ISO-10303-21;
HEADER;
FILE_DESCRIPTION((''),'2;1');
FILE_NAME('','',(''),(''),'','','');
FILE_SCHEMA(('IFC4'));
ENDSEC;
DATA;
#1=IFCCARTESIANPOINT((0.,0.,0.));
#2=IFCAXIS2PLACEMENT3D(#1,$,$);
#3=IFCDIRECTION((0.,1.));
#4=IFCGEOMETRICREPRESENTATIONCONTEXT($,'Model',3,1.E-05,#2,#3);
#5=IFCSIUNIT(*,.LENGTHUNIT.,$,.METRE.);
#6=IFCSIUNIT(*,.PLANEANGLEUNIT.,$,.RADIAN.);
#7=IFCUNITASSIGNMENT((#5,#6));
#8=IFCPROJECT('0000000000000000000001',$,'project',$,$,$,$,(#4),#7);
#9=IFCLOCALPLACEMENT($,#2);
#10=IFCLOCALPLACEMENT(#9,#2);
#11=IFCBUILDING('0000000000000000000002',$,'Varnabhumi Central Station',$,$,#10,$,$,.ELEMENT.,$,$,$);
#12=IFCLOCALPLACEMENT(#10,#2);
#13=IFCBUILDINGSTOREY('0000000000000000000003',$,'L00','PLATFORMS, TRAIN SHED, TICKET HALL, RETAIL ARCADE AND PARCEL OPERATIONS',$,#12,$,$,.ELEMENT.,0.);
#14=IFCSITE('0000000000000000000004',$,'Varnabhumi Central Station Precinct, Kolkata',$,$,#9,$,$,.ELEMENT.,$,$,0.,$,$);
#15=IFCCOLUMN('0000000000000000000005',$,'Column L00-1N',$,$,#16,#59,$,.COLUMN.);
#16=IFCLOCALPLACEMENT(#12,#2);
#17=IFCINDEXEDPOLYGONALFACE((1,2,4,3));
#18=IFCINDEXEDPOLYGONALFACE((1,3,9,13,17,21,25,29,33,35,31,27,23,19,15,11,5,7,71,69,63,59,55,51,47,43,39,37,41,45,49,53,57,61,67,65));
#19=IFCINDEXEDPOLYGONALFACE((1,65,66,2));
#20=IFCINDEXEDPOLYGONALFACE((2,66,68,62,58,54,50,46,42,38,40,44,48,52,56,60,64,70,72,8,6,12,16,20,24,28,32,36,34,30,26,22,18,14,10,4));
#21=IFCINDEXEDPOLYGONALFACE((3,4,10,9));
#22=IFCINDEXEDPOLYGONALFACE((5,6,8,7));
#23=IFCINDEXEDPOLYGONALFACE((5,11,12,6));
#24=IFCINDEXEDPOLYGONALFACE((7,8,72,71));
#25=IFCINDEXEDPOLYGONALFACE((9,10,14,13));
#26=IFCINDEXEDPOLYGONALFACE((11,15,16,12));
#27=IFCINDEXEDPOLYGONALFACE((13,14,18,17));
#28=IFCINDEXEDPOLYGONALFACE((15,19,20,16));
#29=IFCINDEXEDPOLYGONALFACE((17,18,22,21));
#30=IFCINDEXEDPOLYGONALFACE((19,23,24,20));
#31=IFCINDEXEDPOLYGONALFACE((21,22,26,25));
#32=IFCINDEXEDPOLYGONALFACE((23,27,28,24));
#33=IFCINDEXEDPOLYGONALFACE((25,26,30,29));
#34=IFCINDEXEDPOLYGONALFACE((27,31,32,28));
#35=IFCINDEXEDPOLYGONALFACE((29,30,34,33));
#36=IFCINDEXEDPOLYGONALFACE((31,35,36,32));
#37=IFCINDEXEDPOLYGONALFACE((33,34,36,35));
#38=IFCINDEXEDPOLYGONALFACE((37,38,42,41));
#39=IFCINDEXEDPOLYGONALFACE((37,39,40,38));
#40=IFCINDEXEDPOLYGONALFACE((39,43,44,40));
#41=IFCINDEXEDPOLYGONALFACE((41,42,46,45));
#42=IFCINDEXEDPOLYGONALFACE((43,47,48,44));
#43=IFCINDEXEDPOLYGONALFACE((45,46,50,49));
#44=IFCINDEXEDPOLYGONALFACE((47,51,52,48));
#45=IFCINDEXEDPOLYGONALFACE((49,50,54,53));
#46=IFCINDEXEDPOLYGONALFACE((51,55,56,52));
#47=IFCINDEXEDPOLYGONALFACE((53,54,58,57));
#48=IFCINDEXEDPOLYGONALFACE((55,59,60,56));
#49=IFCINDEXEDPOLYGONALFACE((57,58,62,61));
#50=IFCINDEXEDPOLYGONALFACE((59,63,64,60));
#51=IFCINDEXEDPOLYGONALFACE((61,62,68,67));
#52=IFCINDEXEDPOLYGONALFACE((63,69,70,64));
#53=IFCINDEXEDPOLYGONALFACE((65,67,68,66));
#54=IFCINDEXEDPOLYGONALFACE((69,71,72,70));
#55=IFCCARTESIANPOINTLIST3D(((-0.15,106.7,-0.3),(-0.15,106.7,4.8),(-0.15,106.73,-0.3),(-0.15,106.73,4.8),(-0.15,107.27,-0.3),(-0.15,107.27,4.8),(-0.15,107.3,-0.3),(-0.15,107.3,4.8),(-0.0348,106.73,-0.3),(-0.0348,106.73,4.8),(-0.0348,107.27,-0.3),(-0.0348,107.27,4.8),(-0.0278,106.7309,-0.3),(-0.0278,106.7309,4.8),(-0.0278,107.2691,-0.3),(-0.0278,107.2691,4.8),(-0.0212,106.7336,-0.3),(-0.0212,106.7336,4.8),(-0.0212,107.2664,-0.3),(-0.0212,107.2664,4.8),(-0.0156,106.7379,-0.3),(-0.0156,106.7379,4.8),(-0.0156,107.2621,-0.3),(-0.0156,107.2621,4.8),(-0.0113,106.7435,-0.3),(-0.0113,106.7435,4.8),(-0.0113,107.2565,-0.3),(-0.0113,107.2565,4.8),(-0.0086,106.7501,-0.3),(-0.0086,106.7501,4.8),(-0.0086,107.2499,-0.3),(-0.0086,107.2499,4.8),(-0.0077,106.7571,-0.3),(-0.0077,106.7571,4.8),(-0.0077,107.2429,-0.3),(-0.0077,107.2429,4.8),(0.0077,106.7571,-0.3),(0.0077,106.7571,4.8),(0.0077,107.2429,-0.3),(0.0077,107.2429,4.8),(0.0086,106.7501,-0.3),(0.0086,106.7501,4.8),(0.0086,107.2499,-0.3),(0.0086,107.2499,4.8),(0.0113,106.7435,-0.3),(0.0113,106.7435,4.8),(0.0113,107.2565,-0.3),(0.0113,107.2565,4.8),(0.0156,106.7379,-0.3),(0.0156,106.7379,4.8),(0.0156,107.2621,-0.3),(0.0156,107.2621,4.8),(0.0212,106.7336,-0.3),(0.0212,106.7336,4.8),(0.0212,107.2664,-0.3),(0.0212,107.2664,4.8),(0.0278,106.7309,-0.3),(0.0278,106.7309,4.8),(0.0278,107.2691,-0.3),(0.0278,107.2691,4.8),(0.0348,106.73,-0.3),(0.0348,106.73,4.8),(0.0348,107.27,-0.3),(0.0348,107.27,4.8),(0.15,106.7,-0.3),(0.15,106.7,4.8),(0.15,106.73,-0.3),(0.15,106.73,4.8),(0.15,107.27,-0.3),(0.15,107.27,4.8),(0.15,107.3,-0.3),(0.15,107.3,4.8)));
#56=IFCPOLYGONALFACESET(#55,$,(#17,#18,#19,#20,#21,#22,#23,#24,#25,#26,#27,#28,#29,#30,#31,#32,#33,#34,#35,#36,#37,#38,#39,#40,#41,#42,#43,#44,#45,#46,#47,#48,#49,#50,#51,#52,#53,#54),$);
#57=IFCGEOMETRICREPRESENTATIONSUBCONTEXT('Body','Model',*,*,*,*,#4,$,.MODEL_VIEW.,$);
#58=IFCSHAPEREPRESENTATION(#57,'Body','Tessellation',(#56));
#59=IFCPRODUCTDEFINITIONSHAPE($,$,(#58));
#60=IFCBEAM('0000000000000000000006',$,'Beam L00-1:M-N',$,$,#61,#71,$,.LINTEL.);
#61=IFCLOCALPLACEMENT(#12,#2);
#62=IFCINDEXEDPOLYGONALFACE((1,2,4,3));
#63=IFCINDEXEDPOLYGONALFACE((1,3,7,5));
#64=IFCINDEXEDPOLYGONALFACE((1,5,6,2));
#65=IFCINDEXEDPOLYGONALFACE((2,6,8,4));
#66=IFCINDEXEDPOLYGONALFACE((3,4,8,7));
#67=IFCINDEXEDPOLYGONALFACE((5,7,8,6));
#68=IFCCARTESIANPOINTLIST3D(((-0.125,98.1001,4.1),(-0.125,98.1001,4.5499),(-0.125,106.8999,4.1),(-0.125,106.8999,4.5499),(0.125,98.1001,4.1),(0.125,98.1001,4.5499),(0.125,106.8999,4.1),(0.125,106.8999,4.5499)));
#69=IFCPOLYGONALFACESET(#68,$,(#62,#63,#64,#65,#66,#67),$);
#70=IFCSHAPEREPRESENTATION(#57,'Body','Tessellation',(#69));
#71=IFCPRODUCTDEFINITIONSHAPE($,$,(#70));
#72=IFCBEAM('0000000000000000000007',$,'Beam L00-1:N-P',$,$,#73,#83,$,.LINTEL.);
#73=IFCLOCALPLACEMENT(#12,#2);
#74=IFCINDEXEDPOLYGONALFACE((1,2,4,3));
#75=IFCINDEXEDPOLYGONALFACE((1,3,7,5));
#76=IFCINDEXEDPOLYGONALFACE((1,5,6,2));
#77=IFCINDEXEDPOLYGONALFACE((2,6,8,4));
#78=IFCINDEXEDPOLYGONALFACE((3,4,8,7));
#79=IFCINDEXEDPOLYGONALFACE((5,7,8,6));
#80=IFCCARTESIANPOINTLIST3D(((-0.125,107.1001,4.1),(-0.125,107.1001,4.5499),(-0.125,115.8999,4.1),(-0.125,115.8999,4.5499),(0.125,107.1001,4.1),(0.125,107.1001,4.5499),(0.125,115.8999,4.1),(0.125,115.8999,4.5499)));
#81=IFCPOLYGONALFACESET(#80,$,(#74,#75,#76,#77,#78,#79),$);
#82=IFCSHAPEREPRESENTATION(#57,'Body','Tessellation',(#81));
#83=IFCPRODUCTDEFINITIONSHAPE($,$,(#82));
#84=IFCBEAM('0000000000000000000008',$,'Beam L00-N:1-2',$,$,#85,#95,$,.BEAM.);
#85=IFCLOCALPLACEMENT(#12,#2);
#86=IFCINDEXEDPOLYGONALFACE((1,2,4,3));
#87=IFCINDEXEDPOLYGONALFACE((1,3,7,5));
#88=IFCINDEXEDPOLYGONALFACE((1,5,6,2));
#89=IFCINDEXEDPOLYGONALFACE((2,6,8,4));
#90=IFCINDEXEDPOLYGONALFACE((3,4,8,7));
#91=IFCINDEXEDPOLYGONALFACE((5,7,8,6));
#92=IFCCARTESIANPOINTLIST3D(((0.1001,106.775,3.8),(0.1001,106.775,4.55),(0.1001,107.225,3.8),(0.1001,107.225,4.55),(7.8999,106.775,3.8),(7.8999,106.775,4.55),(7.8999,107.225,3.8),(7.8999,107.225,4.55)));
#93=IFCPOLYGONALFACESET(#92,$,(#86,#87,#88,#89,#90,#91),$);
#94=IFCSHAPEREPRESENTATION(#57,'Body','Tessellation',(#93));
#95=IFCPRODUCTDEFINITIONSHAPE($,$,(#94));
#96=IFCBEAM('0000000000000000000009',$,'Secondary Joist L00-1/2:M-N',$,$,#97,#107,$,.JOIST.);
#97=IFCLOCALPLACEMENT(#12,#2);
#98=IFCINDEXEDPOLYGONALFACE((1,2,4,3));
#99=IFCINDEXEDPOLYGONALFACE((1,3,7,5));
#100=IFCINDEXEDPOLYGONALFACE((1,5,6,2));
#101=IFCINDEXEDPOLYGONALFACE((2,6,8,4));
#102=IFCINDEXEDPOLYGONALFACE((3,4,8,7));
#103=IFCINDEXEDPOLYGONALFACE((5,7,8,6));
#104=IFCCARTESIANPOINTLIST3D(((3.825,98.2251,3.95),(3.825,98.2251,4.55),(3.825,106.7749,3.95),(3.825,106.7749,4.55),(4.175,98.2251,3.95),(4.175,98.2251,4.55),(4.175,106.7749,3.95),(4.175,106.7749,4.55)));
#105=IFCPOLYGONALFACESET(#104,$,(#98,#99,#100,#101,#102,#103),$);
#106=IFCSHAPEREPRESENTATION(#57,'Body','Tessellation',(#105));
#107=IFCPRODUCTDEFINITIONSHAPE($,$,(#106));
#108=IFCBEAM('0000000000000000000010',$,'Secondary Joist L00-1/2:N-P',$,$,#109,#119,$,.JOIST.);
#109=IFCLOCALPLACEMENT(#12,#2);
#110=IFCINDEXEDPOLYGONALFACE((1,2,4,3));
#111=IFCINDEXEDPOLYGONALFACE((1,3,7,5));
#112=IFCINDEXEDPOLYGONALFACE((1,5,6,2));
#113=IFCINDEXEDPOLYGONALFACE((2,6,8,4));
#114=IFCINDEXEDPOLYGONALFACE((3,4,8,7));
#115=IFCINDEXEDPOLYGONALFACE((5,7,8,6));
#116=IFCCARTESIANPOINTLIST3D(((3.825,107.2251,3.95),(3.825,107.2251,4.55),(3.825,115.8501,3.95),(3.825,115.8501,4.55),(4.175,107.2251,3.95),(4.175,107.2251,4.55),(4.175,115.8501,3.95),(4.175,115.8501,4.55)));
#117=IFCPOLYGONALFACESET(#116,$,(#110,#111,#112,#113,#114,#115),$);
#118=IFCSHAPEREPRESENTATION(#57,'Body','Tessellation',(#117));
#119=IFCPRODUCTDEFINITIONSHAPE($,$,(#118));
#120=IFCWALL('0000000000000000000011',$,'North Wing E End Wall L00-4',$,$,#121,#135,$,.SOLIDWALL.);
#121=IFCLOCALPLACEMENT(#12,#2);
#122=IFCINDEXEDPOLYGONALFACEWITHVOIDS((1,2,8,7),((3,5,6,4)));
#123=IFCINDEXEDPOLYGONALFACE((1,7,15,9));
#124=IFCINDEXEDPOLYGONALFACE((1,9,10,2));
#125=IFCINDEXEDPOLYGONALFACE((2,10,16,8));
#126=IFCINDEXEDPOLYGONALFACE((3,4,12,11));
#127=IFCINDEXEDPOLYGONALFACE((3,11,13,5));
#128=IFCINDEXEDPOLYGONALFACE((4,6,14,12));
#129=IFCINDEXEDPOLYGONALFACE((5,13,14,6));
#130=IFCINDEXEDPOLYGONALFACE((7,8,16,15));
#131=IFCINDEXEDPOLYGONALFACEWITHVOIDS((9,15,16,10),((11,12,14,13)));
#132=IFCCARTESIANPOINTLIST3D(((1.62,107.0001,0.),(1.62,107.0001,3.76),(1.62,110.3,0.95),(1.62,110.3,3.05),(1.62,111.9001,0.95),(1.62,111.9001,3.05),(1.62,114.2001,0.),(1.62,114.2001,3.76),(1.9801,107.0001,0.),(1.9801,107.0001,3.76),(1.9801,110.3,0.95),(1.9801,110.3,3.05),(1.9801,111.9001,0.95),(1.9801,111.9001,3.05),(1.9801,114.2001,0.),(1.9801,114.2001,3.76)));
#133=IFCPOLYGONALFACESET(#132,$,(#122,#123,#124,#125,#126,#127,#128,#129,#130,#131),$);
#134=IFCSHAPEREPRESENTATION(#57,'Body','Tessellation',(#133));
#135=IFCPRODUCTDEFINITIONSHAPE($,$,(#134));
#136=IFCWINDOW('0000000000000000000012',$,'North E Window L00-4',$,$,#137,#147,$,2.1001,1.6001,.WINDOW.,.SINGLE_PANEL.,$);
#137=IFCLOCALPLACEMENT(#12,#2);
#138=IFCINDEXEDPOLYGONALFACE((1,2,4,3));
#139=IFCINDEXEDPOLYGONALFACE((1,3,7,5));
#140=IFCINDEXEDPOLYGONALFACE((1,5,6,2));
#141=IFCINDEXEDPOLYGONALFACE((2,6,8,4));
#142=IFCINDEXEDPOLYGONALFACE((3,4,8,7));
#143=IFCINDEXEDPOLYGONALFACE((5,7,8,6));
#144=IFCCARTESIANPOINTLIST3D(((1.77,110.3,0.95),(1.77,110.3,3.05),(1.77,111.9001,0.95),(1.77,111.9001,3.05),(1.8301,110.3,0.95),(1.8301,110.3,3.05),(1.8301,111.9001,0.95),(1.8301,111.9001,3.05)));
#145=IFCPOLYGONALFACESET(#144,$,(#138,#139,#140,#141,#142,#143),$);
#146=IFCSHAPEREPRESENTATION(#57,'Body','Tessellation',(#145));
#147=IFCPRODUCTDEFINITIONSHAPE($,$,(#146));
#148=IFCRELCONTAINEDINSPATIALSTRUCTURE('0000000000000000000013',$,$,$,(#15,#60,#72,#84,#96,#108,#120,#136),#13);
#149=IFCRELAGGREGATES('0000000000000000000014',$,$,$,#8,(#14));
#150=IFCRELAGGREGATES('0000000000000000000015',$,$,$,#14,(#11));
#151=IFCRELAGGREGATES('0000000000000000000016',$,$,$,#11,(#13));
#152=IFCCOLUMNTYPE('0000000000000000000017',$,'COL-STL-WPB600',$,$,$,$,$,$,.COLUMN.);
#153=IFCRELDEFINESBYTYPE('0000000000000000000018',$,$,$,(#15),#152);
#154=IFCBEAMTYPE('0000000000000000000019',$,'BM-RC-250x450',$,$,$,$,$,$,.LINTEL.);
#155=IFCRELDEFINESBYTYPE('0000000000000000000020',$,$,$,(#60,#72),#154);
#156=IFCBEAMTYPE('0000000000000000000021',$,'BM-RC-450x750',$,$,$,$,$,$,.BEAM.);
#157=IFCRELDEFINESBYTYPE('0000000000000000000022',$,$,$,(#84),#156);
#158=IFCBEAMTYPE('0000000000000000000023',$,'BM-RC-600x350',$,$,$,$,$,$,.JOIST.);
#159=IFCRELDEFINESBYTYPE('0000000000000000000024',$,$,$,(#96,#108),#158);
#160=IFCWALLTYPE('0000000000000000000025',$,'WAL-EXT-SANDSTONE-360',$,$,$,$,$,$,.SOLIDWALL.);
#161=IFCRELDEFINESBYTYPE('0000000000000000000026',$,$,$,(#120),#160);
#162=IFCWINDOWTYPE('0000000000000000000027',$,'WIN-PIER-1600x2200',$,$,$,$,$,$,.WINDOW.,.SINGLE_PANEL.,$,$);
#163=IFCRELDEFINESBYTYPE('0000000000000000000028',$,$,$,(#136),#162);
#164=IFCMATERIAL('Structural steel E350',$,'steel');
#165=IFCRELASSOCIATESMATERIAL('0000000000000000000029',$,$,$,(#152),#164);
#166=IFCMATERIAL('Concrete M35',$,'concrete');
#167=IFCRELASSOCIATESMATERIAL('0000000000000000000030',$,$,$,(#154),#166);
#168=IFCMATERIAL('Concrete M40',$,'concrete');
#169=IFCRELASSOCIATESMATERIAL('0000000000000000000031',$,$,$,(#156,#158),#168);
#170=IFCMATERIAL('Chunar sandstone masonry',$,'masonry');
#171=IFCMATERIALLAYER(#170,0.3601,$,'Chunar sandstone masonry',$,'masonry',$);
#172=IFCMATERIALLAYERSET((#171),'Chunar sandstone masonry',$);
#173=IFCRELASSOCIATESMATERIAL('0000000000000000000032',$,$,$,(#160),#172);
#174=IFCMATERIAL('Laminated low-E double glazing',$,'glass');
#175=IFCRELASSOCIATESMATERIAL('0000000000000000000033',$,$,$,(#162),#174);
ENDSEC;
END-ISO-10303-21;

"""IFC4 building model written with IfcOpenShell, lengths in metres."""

from ifc_helpers import new_model, si_unit, direction, frame, frame_2d, origin, origin_2d, place, context, subcontext, project, spatial, rectangle, i_section, extrude, material, layer, layer_set, material_profile, profile_set, type_object, element, fill, save


model = new_model("IFC4")

# Units and contexts
model_context = context("Model", 3, precision=1e-05, world=origin(), true_north=direction((0.0, 1.0)))
body_context = subcontext(model_context, "Body", "Model", "MODEL_VIEW")
ifc_project = project(units=[si_unit("LENGTHUNIT", "METRE"), si_unit("PLANEANGLEUNIT", "RADIAN")], contexts=[model_context])

# Site, building, storey
site_placement = place(None, origin())
site = spatial("IfcSite", under=ifc_project, at=site_placement, Name="Varnabhumi Central Station Precinct, Kolkata", CompositionType="ELEMENT", RefElevation=0.0)
building_placement = place(site_placement, origin())
building = spatial("IfcBuilding", under=site, at=building_placement, Name="Varnabhumi Central Station", CompositionType="ELEMENT")
storey_placement = place(building_placement, origin())
storey = spatial("IfcBuildingStorey", under=building, at=storey_placement, Name="L00", Description="PLATFORMS, TRAIN SHED, TICKET HALL, RETAIL ARCADE AND PARCEL OPERATIONS", CompositionType="ELEMENT", Elevation=0.0)

# Shared definitions
ifc_material_1 = material(Name="Concrete M40", Category="concrete")

# Shared definitions
ifc_material_2 = material(Name="Concrete M35", Category="concrete")

# Column
ifc_material_3 = material(Name="Structural steel E350", Category="steel")
ifc_material_profile_1 = material_profile(ifc_material_3, i_section(OverallWidth=0.3, OverallDepth=0.6001, WebThickness=0.0154, FlangeThickness=0.03, FilletRadius=0.0271, at=origin_2d()), Name="Structural steel E350", Category="steel")
ifc_profile_set_1 = profile_set([ifc_material_profile_1], Name="Structural steel E350")
column_type = type_object("IfcColumnType", Name="COL-STL-WPB600", PredefinedType="COLUMN", material=ifc_profile_set_1)
column_placement = place(storey_placement, frame((0.0, 107.0, -0.3), z_axis=(0.0, 0.0, 1.0), x_axis=(1.0, 0.0, 0.0)))
element("IfcColumn", 1, at=column_placement, inside=storey, type_object=column_type, Name="Column L00-1N", PredefinedType="COLUMN", context=body_context, shape_type="SweptSolid", body=[
    extrude(i_section(OverallWidth=0.3, OverallDepth=0.6001, WebThickness=0.0154, FlangeThickness=0.03, FilletRadius=0.0271, at=origin_2d()), origin(), (0.0, 0.0, 1.0), 5.1001),
])

# Beams
ifc_material_profile_2 = material_profile(ifc_material_2, rectangle(XDim=0.25, YDim=0.45, at=origin_2d()), Name="Concrete M35", Category="concrete")
ifc_profile_set_2 = profile_set([ifc_material_profile_2], Name="Concrete M35")
beam_type_1 = type_object("IfcBeamType", Name="BM-RC-250x450", PredefinedType="LINTEL", material=ifc_profile_set_2)
for number, where, z_axis, x_axis, name in (
    (2, (0.0, 98.1001, 4.325), (0.0, 1.0, 0.0), (-1.0, 0.0, 0.0), "Beam L00-1:M-N"),
    (3, (0.0, 107.1001, 4.325), (0.0, 1.0, 0.0), (-1.0, 0.0, 0.0), "Beam L00-1:N-P"),
):
    element("IfcBeam", number, at=place(storey_placement, frame(where, z_axis=z_axis, x_axis=x_axis)), inside=storey, type_object=beam_type_1, Name=name, PredefinedType="LINTEL", context=body_context, shape_type="SweptSolid", body=[
        extrude(rectangle(XDim=0.25, YDim=0.45, at=origin_2d()), origin(), (0.0, 0.0, 1.0), 8.7998),
    ])
ifc_material_profile_3 = material_profile(ifc_material_1, rectangle(XDim=0.45, YDim=0.75, at=origin_2d()), Name="Concrete M40", Category="concrete")
ifc_profile_set_3 = profile_set([ifc_material_profile_3], Name="Concrete M40")
beam_type_2 = type_object("IfcBeamType", Name="BM-RC-450x750", PredefinedType="BEAM", material=ifc_profile_set_3)
beam_1_placement = place(storey_placement, frame((0.1001, 107.0, 4.175), z_axis=(1.0, 0.0, 0.0), x_axis=(0.0, 1.0, 0.0)))
element("IfcBeam", 4, at=beam_1_placement, inside=storey, type_object=beam_type_2, Name="Beam L00-N:1-2", PredefinedType="BEAM", context=body_context, shape_type="SweptSolid", body=[
    extrude(rectangle(XDim=0.45, YDim=0.75, at=origin_2d()), origin(), (0.0, 0.0, 1.0), 7.7998),
])
ifc_material_profile_4 = material_profile(ifc_material_1, rectangle(XDim=0.3501, YDim=0.6001, at=origin_2d()), Name="Concrete M40", Category="concrete")
ifc_profile_set_4 = profile_set([ifc_material_profile_4], Name="Concrete M40")
beam_type_3 = type_object("IfcBeamType", Name="BM-RC-600x350", PredefinedType="JOIST", material=ifc_profile_set_4)
beam_2_placement = place(storey_placement, frame((4.0, 98.2251, 4.25), z_axis=(0.0, 1.0, 0.0), x_axis=(-1.0, 0.0, 0.0)))
element("IfcBeam", 5, at=beam_2_placement, inside=storey, type_object=beam_type_3, Name="Secondary Joist L00-1/2:M-N", PredefinedType="JOIST", context=body_context, shape_type="SweptSolid", body=[
    extrude(rectangle(XDim=0.3501, YDim=0.6001, at=origin_2d()), origin(), (0.0, 0.0, 1.0), 8.5498),
])
beam_3_placement = place(storey_placement, frame((4.0, 107.2251, 4.25), z_axis=(0.0, 1.0, 0.0), x_axis=(-1.0, 0.0, 0.0)))
element("IfcBeam", 6, at=beam_3_placement, inside=storey, type_object=beam_type_3, Name="Secondary Joist L00-1/2:N-P", PredefinedType="JOIST", context=body_context, shape_type="SweptSolid", body=[
    extrude(rectangle(XDim=0.3501, YDim=0.6001, at=origin_2d()), origin(), (0.0, 0.0, 1.0), 8.625),
])

# Wall, opening, window
ifc_material_4 = material(Name="Chunar sandstone masonry", Category="masonry")
ifc_layer_1 = layer(ifc_material_4, 0.3601, Name="Chunar sandstone masonry", Category="masonry")
ifc_layer_set_1 = layer_set([ifc_layer_1], Name="Chunar sandstone masonry")
wall_type_1 = type_object("IfcWallType", Name="WAL-EXT-SANDSTONE-360", PredefinedType="SOLIDWALL", material=ifc_layer_set_1)
wall_1_placement = place(storey_placement, frame((1.8, 107.0, 0.0), z_axis=(0.0, 0.0, 1.0), x_axis=(0.0, 1.0, 0.0)))
wall_1 = element("IfcWall", 7, at=wall_1_placement, inside=storey, type_object=wall_type_1, Name="North Wing E End Wall L00-4", PredefinedType="SOLIDWALL", context=body_context, shape_type="SweptSolid", body=[
    extrude(rectangle(XDim=7.2, YDim=0.3601, at=frame_2d((3.6001, 0.0))), origin(), (0.0, 0.0, 1.0), 3.76),
])
opening_1_placement = place(wall_1_placement, frame((3.3, 0.0, 0.95)))
opening_1 = element("IfcOpeningElement", 8, at=opening_1_placement, cuts=wall_1, PredefinedType="OPENING", context=body_context, shape_type="SweptSolid", body=[
    extrude(rectangle(XDim=1.6001, YDim=2.1001, at=frame_2d((0.8, 1.05))), frame((0.0, 0.1899, 0.0), z_axis=(0.0, -1.0, 0.0), x_axis=(1.0, 0.0, 0.0)), (0.0, 0.0, 1.0), 0.3801),
])
ifc_material_5 = material(Name="Laminated low-E double glazing", Category="glass")
window_type = type_object("IfcWindowType", Name="WIN-PIER-1600x2200", PartitioningType="SINGLE_PANEL", PredefinedType="WINDOW", material=ifc_material_5)
window_placement = place(opening_1_placement, origin())
window = element("IfcWindow", 9, at=window_placement, inside=storey, type_object=window_type, Name="North E Window L00-4", OverallHeight=2.1001, OverallWidth=1.6001, PartitioningType="SINGLE_PANEL", PredefinedType="WINDOW", context=body_context, shape_type="SweptSolid", body=[
    extrude(rectangle(XDim=1.6001, YDim=2.1001, at=frame_2d((0.8, 1.05))), frame((0.0, 0.03, 0.0), z_axis=(0.0, -1.0, 0.0), x_axis=(1.0, 0.0, 0.0)), (0.0, 0.0, 1.0), 0.0601),
])
fill(opening_1, window)

save(model, "model.ifc")
